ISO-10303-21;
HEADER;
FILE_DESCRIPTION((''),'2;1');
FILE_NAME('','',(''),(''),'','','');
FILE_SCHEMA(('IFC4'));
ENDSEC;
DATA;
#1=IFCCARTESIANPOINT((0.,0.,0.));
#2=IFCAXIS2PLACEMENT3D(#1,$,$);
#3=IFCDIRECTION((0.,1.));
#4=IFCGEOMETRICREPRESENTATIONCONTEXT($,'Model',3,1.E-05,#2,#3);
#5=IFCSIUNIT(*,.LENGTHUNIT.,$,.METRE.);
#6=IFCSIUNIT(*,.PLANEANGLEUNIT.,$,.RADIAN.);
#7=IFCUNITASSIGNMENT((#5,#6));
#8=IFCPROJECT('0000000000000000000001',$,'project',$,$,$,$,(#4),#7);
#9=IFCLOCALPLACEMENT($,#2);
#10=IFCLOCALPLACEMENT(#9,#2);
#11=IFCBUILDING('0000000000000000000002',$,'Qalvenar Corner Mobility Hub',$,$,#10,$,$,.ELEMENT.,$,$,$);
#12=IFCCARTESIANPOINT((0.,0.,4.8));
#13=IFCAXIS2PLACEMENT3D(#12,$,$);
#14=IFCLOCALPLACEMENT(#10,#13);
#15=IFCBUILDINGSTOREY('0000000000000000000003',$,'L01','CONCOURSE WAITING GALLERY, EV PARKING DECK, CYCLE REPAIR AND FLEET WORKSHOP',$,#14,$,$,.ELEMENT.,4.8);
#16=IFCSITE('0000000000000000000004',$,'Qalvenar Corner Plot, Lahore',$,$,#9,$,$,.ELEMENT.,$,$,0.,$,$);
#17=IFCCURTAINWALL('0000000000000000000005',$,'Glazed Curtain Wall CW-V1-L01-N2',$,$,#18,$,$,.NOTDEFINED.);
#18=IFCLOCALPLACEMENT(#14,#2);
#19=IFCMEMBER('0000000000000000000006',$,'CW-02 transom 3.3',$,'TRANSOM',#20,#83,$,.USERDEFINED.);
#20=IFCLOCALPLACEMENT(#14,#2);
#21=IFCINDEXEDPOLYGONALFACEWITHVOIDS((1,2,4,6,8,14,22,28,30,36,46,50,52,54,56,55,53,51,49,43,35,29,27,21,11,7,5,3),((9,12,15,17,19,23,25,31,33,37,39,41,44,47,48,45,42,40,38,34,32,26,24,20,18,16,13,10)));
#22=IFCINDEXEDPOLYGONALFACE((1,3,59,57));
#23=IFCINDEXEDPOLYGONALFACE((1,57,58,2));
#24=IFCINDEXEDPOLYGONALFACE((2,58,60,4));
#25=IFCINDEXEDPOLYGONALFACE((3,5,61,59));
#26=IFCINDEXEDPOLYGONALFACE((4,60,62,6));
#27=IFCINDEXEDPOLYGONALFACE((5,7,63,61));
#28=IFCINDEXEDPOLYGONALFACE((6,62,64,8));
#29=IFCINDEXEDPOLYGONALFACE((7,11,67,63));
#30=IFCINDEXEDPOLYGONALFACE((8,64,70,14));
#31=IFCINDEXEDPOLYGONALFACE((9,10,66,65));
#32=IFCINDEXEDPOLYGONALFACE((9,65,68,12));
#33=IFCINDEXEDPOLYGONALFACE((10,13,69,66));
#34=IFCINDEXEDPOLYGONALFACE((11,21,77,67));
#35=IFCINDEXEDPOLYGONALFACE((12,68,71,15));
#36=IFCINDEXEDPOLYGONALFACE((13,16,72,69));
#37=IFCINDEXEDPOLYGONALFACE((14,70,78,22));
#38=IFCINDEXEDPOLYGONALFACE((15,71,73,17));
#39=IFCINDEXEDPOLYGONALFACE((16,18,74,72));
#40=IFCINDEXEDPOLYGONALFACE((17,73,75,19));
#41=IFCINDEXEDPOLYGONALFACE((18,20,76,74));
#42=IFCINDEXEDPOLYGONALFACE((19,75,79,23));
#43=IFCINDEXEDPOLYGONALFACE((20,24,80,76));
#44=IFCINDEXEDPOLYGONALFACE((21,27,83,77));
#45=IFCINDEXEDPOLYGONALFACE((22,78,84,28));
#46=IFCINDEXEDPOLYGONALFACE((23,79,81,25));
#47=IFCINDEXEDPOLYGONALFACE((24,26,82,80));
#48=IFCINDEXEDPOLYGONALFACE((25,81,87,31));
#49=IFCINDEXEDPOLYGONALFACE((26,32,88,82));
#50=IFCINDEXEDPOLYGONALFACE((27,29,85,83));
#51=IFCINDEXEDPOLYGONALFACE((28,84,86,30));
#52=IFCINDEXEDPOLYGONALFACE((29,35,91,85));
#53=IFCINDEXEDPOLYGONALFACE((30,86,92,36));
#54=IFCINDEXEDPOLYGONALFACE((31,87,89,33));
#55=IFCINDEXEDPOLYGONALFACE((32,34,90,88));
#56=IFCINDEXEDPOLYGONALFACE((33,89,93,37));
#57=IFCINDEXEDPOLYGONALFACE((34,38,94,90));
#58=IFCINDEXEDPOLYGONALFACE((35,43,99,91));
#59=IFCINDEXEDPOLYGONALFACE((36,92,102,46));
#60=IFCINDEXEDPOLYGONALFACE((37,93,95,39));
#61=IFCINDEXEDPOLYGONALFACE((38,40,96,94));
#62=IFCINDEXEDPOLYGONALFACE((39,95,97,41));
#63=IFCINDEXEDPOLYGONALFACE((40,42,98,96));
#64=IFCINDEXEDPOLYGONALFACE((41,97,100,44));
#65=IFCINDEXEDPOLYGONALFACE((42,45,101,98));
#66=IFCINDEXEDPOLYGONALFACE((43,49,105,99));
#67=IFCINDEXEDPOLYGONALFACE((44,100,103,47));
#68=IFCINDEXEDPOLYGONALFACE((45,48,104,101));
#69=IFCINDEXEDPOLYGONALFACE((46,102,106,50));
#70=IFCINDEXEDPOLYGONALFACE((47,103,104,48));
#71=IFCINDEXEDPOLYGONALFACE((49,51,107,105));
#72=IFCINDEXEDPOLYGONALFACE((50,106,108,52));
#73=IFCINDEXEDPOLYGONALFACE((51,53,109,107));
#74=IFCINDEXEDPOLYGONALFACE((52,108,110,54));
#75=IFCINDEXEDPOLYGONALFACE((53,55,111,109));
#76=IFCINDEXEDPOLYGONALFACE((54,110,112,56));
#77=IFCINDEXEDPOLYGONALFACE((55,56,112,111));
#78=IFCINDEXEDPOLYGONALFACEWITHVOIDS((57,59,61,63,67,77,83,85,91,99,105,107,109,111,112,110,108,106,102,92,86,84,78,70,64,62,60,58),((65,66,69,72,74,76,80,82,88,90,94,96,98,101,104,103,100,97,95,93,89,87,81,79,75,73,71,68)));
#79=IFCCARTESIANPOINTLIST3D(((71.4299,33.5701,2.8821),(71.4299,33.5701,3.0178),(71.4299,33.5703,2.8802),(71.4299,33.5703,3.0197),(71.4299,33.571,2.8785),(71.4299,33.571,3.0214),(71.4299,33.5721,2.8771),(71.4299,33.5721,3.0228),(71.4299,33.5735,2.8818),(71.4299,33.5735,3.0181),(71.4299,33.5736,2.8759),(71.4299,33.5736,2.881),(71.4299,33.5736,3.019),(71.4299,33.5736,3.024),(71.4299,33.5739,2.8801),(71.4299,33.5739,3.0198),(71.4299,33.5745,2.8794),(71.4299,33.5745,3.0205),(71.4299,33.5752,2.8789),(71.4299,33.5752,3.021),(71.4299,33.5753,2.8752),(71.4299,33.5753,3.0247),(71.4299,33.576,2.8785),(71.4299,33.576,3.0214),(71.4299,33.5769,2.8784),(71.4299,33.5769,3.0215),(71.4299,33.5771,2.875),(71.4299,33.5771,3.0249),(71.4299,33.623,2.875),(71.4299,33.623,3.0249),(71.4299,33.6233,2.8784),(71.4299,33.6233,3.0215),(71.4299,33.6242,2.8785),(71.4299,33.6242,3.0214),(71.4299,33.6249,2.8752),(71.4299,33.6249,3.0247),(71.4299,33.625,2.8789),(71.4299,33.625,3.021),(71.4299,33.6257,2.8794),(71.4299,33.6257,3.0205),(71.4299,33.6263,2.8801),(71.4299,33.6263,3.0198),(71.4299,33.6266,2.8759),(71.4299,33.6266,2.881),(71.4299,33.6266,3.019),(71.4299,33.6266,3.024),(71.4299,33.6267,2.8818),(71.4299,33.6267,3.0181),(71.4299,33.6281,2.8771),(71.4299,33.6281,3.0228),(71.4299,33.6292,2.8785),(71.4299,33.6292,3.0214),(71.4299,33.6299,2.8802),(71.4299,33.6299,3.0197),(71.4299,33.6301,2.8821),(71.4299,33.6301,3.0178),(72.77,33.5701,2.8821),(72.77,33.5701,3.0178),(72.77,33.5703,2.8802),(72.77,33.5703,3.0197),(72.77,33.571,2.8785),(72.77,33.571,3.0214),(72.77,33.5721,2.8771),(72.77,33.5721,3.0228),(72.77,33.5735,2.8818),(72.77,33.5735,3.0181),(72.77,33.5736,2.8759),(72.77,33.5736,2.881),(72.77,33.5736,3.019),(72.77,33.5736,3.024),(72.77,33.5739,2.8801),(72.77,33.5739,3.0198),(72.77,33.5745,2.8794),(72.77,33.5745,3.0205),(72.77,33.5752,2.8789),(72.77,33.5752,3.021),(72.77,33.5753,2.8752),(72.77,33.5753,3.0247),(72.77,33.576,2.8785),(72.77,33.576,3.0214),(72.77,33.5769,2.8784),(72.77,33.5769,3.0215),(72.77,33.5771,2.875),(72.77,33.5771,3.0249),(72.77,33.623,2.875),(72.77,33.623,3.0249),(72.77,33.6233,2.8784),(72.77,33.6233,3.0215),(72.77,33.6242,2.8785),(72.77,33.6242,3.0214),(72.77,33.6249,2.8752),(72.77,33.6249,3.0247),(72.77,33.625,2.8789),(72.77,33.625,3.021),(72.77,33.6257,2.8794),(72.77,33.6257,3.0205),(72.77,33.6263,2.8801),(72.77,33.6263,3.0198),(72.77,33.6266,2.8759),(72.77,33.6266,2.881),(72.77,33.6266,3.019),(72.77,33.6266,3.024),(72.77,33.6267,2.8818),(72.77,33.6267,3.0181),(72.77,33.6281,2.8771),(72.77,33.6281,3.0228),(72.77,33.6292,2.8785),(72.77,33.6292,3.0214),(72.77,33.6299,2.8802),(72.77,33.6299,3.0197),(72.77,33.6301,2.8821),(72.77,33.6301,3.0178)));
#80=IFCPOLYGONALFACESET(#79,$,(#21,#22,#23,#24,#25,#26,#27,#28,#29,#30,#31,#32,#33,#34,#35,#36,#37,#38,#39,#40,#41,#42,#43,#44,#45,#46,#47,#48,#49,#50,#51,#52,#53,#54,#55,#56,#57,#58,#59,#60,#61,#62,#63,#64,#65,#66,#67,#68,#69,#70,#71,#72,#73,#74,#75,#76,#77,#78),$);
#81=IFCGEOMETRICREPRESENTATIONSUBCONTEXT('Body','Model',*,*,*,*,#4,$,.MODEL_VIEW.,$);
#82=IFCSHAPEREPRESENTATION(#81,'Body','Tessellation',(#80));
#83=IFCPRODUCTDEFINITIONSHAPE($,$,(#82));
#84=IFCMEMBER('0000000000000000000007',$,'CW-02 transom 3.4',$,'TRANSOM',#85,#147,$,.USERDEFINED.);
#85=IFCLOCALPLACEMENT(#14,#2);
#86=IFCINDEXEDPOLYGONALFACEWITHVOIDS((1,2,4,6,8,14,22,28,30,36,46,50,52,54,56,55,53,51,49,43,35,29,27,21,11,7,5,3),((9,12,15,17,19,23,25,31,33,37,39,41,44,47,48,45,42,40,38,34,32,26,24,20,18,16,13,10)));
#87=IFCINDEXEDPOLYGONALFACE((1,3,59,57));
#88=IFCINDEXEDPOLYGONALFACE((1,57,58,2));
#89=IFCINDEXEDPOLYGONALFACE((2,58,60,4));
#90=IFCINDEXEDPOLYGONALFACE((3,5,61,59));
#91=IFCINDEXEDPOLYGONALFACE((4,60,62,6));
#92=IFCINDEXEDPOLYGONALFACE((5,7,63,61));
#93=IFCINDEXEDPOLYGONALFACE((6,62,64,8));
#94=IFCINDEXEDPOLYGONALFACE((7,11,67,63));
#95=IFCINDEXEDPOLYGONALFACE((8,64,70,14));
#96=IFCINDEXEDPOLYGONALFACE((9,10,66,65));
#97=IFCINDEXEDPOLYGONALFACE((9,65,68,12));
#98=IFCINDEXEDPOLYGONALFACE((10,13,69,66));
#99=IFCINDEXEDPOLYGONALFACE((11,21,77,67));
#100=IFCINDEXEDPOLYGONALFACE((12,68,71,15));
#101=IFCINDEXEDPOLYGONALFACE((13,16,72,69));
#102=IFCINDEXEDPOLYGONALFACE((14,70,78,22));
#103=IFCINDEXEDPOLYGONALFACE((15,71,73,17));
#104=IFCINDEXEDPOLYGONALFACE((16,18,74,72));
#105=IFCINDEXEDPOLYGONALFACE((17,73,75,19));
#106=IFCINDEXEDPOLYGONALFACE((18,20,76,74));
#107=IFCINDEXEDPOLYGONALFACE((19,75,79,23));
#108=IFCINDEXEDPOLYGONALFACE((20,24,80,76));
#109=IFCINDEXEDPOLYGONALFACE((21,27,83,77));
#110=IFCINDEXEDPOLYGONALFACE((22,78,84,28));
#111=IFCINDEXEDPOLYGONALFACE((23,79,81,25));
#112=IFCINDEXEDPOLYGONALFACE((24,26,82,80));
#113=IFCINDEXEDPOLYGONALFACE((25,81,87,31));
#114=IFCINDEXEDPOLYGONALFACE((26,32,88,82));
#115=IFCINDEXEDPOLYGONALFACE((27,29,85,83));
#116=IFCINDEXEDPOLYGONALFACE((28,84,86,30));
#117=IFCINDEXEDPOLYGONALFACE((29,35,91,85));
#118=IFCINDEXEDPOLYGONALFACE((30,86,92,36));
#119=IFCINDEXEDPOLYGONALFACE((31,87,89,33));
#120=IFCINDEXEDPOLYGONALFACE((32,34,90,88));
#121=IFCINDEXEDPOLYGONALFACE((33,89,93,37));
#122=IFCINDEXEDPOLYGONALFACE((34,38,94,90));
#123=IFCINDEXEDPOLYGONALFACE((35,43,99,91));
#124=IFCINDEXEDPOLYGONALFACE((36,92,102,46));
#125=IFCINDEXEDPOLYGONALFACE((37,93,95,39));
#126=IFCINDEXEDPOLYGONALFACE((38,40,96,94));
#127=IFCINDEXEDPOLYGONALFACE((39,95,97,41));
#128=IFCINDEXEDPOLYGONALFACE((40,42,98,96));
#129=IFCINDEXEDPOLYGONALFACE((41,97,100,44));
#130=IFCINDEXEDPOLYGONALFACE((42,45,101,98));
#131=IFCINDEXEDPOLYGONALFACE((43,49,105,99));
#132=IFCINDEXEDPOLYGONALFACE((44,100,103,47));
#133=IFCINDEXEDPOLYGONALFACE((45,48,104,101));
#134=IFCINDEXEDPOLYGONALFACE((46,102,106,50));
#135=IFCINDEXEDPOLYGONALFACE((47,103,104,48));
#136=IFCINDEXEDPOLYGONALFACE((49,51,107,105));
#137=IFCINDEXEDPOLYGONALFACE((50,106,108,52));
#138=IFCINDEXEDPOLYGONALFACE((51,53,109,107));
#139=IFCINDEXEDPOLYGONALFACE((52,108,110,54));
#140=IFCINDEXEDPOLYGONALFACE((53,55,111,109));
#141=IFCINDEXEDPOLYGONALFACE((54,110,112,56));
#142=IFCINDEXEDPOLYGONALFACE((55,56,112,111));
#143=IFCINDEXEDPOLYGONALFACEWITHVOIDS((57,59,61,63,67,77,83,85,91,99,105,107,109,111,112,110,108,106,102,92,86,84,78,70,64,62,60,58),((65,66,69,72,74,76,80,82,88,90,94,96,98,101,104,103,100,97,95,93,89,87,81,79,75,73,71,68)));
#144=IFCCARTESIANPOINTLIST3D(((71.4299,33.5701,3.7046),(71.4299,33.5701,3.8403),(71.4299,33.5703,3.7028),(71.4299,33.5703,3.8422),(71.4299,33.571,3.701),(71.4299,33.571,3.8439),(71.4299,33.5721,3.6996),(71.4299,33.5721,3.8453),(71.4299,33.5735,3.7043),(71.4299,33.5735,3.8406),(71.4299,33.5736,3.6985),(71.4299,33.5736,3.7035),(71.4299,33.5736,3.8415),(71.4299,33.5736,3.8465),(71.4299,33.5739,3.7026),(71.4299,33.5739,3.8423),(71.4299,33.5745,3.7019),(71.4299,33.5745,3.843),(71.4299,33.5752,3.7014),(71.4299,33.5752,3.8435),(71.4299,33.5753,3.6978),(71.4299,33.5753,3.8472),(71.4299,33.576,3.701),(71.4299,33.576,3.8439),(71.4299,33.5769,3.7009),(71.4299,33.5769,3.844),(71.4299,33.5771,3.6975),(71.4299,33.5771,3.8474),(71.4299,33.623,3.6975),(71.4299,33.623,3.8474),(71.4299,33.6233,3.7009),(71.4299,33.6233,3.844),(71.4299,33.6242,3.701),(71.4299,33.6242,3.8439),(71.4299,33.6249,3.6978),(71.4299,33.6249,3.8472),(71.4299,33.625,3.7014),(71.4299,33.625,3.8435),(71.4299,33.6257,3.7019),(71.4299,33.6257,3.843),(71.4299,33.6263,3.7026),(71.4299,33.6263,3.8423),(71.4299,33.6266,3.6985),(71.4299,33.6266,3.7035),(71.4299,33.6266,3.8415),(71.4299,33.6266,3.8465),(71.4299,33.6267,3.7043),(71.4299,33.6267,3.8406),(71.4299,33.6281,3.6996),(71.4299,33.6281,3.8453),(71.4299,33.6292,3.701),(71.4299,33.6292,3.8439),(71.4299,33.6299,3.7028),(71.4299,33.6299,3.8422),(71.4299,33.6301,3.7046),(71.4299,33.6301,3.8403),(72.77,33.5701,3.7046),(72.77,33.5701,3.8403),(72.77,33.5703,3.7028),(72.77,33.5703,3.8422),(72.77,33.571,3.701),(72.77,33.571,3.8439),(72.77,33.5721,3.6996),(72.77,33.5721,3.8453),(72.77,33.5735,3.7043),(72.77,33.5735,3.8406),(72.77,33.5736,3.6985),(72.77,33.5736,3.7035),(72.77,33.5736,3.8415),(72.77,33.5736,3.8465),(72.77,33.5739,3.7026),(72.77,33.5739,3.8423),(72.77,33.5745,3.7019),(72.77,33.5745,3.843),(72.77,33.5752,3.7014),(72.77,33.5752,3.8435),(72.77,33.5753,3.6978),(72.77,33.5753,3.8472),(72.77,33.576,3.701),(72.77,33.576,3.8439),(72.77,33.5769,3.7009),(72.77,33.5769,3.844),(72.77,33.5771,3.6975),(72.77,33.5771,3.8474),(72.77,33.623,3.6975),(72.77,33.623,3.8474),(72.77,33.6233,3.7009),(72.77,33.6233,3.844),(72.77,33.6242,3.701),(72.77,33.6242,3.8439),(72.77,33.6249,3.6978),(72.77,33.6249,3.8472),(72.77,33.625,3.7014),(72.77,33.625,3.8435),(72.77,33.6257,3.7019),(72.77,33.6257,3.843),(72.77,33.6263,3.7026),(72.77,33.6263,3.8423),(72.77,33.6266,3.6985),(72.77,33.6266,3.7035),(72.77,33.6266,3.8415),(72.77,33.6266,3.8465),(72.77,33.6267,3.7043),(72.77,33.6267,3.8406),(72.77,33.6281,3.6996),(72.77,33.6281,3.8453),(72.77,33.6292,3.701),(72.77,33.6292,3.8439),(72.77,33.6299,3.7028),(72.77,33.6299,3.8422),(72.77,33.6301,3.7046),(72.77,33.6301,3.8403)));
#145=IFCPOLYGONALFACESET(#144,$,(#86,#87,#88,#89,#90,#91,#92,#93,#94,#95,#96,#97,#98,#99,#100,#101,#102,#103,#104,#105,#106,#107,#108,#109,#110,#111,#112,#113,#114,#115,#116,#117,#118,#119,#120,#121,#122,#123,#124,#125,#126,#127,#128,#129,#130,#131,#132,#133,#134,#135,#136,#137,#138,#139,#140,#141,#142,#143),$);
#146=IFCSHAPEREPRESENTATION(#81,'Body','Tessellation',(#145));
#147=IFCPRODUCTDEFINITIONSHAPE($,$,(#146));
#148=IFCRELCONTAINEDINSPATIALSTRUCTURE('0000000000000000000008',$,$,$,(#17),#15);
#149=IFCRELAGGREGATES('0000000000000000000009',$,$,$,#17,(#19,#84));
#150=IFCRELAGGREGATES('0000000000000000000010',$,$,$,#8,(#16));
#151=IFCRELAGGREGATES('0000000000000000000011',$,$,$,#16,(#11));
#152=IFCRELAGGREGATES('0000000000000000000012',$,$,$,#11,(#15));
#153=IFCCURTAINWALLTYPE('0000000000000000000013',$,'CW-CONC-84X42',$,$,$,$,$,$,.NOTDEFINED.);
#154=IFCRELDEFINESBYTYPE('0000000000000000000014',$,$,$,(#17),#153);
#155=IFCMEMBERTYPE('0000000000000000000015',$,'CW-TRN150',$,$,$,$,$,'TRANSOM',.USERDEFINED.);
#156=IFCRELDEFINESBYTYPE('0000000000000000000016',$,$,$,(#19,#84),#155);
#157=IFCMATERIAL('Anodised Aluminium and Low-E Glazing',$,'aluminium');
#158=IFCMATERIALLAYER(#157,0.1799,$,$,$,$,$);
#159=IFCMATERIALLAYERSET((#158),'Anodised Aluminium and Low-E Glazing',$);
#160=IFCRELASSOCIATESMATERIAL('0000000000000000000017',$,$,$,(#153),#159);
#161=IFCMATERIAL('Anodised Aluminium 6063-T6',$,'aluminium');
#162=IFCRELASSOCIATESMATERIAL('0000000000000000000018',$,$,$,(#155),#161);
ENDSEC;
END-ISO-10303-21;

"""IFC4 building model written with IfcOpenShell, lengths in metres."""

from ifc_helpers import new_model, si_unit, direction, frame, origin, origin_2d, place, context, subcontext, project, spatial, hollow_rectangle, extrude, material, layer, layer_set, material_profile, profile_set, type_object, element, aggregate, save


model = new_model("IFC4")

# Units and contexts
model_context = context("Model", 3, precision=1e-05, world=origin(), true_north=direction((0.0, 1.0)))
body_context = subcontext(model_context, "Body", "Model", "MODEL_VIEW")
ifc_project = project(units=[si_unit("LENGTHUNIT", "METRE"), si_unit("PLANEANGLEUNIT", "RADIAN")], contexts=[model_context])

# Site, building, storey
site_placement = place(None, origin())
site = spatial("IfcSite", under=ifc_project, at=site_placement, Name="Qalvenar Corner Plot, Lahore", CompositionType="ELEMENT", RefElevation=0.0)
building_placement = place(site_placement, origin())
building = spatial("IfcBuilding", under=site, at=building_placement, Name="Qalvenar Corner Mobility Hub", CompositionType="ELEMENT")
storey_placement = place(building_placement, frame((0.0, 0.0, 4.8)))
storey = spatial("IfcBuildingStorey", under=building, at=storey_placement, Name="L01", Description="CONCOURSE WAITING GALLERY, EV PARKING DECK, CYCLE REPAIR AND FLEET WORKSHOP", CompositionType="ELEMENT", Elevation=4.8)

# Curtain wall
ifc_material_1 = material(Name="Anodised Aluminium and Low-E Glazing", Category="aluminium")
ifc_layer_1 = layer(ifc_material_1, 0.1799)
ifc_layer_set_1 = layer_set([ifc_layer_1], Name="Anodised Aluminium and Low-E Glazing")
curtain_wall_type = type_object("IfcCurtainWallType", Name="CW-CONC-84X42", PredefinedType="NOTDEFINED", material=ifc_layer_set_1)
curtain_wall_1_placement = place(storey_placement, origin())
curtain_wall_1 = element("IfcCurtainWall", 1, at=curtain_wall_1_placement, inside=storey, type_object=curtain_wall_type, Name="Glazed Curtain Wall CW-V1-L01-N2", PredefinedType="NOTDEFINED")
ifc_material_2 = material(Name="Anodised Aluminium 6063-T6", Category="aluminium")

# Members
ifc_material_profile_1 = material_profile(ifc_material_2, hollow_rectangle(XDim=0.0601, YDim=0.1499, WallThickness=0.0034, InnerFilletRadius=0.0034, OuterFilletRadius=0.0071, at=origin_2d()), Name="RHS150x60x3.5")
ifc_profile_set_1 = profile_set([ifc_material_profile_1], Name="Anodised Aluminium 6063-T6")
member_type_1 = type_object("IfcMemberType", Name="CW-TRN150", ElementType="TRANSOM", PredefinedType="USERDEFINED", material=ifc_profile_set_1)
member_1_placement = place(storey_placement, frame((72.77, 33.6001, 2.95), z_axis=(-1.0, 0.0, 0.0), x_axis=(0.0, -1.0, 0.0)))
member_1 = element("IfcMember", 2, at=member_1_placement, type_object=member_type_1, Name="CW-02 transom 3.3", ObjectType="TRANSOM", PredefinedType="USERDEFINED", context=body_context, shape_type="SweptSolid", body=[
    extrude(hollow_rectangle(XDim=0.0601, YDim=0.1499, WallThickness=0.0034, InnerFilletRadius=0.0034, OuterFilletRadius=0.0071, at=origin_2d()), origin(), (0.0, 0.0, 1.0), 1.3401),
])
member_2_placement = place(storey_placement, frame((72.77, 33.6001, 3.7725), z_axis=(-1.0, 0.0, 0.0), x_axis=(0.0, -1.0, 0.0)))
member_2 = element("IfcMember", 3, at=member_2_placement, type_object=member_type_1, Name="CW-02 transom 3.4", ObjectType="TRANSOM", PredefinedType="USERDEFINED", context=body_context, shape_type="SweptSolid", body=[
    extrude(hollow_rectangle(XDim=0.0601, YDim=0.1499, WallThickness=0.0034, InnerFilletRadius=0.0034, OuterFilletRadius=0.0071, at=origin_2d()), origin(), (0.0, 0.0, 1.0), 1.3401),
])

aggregate(curtain_wall_1, [member_1, member_2])

save(model, "model.ifc")
